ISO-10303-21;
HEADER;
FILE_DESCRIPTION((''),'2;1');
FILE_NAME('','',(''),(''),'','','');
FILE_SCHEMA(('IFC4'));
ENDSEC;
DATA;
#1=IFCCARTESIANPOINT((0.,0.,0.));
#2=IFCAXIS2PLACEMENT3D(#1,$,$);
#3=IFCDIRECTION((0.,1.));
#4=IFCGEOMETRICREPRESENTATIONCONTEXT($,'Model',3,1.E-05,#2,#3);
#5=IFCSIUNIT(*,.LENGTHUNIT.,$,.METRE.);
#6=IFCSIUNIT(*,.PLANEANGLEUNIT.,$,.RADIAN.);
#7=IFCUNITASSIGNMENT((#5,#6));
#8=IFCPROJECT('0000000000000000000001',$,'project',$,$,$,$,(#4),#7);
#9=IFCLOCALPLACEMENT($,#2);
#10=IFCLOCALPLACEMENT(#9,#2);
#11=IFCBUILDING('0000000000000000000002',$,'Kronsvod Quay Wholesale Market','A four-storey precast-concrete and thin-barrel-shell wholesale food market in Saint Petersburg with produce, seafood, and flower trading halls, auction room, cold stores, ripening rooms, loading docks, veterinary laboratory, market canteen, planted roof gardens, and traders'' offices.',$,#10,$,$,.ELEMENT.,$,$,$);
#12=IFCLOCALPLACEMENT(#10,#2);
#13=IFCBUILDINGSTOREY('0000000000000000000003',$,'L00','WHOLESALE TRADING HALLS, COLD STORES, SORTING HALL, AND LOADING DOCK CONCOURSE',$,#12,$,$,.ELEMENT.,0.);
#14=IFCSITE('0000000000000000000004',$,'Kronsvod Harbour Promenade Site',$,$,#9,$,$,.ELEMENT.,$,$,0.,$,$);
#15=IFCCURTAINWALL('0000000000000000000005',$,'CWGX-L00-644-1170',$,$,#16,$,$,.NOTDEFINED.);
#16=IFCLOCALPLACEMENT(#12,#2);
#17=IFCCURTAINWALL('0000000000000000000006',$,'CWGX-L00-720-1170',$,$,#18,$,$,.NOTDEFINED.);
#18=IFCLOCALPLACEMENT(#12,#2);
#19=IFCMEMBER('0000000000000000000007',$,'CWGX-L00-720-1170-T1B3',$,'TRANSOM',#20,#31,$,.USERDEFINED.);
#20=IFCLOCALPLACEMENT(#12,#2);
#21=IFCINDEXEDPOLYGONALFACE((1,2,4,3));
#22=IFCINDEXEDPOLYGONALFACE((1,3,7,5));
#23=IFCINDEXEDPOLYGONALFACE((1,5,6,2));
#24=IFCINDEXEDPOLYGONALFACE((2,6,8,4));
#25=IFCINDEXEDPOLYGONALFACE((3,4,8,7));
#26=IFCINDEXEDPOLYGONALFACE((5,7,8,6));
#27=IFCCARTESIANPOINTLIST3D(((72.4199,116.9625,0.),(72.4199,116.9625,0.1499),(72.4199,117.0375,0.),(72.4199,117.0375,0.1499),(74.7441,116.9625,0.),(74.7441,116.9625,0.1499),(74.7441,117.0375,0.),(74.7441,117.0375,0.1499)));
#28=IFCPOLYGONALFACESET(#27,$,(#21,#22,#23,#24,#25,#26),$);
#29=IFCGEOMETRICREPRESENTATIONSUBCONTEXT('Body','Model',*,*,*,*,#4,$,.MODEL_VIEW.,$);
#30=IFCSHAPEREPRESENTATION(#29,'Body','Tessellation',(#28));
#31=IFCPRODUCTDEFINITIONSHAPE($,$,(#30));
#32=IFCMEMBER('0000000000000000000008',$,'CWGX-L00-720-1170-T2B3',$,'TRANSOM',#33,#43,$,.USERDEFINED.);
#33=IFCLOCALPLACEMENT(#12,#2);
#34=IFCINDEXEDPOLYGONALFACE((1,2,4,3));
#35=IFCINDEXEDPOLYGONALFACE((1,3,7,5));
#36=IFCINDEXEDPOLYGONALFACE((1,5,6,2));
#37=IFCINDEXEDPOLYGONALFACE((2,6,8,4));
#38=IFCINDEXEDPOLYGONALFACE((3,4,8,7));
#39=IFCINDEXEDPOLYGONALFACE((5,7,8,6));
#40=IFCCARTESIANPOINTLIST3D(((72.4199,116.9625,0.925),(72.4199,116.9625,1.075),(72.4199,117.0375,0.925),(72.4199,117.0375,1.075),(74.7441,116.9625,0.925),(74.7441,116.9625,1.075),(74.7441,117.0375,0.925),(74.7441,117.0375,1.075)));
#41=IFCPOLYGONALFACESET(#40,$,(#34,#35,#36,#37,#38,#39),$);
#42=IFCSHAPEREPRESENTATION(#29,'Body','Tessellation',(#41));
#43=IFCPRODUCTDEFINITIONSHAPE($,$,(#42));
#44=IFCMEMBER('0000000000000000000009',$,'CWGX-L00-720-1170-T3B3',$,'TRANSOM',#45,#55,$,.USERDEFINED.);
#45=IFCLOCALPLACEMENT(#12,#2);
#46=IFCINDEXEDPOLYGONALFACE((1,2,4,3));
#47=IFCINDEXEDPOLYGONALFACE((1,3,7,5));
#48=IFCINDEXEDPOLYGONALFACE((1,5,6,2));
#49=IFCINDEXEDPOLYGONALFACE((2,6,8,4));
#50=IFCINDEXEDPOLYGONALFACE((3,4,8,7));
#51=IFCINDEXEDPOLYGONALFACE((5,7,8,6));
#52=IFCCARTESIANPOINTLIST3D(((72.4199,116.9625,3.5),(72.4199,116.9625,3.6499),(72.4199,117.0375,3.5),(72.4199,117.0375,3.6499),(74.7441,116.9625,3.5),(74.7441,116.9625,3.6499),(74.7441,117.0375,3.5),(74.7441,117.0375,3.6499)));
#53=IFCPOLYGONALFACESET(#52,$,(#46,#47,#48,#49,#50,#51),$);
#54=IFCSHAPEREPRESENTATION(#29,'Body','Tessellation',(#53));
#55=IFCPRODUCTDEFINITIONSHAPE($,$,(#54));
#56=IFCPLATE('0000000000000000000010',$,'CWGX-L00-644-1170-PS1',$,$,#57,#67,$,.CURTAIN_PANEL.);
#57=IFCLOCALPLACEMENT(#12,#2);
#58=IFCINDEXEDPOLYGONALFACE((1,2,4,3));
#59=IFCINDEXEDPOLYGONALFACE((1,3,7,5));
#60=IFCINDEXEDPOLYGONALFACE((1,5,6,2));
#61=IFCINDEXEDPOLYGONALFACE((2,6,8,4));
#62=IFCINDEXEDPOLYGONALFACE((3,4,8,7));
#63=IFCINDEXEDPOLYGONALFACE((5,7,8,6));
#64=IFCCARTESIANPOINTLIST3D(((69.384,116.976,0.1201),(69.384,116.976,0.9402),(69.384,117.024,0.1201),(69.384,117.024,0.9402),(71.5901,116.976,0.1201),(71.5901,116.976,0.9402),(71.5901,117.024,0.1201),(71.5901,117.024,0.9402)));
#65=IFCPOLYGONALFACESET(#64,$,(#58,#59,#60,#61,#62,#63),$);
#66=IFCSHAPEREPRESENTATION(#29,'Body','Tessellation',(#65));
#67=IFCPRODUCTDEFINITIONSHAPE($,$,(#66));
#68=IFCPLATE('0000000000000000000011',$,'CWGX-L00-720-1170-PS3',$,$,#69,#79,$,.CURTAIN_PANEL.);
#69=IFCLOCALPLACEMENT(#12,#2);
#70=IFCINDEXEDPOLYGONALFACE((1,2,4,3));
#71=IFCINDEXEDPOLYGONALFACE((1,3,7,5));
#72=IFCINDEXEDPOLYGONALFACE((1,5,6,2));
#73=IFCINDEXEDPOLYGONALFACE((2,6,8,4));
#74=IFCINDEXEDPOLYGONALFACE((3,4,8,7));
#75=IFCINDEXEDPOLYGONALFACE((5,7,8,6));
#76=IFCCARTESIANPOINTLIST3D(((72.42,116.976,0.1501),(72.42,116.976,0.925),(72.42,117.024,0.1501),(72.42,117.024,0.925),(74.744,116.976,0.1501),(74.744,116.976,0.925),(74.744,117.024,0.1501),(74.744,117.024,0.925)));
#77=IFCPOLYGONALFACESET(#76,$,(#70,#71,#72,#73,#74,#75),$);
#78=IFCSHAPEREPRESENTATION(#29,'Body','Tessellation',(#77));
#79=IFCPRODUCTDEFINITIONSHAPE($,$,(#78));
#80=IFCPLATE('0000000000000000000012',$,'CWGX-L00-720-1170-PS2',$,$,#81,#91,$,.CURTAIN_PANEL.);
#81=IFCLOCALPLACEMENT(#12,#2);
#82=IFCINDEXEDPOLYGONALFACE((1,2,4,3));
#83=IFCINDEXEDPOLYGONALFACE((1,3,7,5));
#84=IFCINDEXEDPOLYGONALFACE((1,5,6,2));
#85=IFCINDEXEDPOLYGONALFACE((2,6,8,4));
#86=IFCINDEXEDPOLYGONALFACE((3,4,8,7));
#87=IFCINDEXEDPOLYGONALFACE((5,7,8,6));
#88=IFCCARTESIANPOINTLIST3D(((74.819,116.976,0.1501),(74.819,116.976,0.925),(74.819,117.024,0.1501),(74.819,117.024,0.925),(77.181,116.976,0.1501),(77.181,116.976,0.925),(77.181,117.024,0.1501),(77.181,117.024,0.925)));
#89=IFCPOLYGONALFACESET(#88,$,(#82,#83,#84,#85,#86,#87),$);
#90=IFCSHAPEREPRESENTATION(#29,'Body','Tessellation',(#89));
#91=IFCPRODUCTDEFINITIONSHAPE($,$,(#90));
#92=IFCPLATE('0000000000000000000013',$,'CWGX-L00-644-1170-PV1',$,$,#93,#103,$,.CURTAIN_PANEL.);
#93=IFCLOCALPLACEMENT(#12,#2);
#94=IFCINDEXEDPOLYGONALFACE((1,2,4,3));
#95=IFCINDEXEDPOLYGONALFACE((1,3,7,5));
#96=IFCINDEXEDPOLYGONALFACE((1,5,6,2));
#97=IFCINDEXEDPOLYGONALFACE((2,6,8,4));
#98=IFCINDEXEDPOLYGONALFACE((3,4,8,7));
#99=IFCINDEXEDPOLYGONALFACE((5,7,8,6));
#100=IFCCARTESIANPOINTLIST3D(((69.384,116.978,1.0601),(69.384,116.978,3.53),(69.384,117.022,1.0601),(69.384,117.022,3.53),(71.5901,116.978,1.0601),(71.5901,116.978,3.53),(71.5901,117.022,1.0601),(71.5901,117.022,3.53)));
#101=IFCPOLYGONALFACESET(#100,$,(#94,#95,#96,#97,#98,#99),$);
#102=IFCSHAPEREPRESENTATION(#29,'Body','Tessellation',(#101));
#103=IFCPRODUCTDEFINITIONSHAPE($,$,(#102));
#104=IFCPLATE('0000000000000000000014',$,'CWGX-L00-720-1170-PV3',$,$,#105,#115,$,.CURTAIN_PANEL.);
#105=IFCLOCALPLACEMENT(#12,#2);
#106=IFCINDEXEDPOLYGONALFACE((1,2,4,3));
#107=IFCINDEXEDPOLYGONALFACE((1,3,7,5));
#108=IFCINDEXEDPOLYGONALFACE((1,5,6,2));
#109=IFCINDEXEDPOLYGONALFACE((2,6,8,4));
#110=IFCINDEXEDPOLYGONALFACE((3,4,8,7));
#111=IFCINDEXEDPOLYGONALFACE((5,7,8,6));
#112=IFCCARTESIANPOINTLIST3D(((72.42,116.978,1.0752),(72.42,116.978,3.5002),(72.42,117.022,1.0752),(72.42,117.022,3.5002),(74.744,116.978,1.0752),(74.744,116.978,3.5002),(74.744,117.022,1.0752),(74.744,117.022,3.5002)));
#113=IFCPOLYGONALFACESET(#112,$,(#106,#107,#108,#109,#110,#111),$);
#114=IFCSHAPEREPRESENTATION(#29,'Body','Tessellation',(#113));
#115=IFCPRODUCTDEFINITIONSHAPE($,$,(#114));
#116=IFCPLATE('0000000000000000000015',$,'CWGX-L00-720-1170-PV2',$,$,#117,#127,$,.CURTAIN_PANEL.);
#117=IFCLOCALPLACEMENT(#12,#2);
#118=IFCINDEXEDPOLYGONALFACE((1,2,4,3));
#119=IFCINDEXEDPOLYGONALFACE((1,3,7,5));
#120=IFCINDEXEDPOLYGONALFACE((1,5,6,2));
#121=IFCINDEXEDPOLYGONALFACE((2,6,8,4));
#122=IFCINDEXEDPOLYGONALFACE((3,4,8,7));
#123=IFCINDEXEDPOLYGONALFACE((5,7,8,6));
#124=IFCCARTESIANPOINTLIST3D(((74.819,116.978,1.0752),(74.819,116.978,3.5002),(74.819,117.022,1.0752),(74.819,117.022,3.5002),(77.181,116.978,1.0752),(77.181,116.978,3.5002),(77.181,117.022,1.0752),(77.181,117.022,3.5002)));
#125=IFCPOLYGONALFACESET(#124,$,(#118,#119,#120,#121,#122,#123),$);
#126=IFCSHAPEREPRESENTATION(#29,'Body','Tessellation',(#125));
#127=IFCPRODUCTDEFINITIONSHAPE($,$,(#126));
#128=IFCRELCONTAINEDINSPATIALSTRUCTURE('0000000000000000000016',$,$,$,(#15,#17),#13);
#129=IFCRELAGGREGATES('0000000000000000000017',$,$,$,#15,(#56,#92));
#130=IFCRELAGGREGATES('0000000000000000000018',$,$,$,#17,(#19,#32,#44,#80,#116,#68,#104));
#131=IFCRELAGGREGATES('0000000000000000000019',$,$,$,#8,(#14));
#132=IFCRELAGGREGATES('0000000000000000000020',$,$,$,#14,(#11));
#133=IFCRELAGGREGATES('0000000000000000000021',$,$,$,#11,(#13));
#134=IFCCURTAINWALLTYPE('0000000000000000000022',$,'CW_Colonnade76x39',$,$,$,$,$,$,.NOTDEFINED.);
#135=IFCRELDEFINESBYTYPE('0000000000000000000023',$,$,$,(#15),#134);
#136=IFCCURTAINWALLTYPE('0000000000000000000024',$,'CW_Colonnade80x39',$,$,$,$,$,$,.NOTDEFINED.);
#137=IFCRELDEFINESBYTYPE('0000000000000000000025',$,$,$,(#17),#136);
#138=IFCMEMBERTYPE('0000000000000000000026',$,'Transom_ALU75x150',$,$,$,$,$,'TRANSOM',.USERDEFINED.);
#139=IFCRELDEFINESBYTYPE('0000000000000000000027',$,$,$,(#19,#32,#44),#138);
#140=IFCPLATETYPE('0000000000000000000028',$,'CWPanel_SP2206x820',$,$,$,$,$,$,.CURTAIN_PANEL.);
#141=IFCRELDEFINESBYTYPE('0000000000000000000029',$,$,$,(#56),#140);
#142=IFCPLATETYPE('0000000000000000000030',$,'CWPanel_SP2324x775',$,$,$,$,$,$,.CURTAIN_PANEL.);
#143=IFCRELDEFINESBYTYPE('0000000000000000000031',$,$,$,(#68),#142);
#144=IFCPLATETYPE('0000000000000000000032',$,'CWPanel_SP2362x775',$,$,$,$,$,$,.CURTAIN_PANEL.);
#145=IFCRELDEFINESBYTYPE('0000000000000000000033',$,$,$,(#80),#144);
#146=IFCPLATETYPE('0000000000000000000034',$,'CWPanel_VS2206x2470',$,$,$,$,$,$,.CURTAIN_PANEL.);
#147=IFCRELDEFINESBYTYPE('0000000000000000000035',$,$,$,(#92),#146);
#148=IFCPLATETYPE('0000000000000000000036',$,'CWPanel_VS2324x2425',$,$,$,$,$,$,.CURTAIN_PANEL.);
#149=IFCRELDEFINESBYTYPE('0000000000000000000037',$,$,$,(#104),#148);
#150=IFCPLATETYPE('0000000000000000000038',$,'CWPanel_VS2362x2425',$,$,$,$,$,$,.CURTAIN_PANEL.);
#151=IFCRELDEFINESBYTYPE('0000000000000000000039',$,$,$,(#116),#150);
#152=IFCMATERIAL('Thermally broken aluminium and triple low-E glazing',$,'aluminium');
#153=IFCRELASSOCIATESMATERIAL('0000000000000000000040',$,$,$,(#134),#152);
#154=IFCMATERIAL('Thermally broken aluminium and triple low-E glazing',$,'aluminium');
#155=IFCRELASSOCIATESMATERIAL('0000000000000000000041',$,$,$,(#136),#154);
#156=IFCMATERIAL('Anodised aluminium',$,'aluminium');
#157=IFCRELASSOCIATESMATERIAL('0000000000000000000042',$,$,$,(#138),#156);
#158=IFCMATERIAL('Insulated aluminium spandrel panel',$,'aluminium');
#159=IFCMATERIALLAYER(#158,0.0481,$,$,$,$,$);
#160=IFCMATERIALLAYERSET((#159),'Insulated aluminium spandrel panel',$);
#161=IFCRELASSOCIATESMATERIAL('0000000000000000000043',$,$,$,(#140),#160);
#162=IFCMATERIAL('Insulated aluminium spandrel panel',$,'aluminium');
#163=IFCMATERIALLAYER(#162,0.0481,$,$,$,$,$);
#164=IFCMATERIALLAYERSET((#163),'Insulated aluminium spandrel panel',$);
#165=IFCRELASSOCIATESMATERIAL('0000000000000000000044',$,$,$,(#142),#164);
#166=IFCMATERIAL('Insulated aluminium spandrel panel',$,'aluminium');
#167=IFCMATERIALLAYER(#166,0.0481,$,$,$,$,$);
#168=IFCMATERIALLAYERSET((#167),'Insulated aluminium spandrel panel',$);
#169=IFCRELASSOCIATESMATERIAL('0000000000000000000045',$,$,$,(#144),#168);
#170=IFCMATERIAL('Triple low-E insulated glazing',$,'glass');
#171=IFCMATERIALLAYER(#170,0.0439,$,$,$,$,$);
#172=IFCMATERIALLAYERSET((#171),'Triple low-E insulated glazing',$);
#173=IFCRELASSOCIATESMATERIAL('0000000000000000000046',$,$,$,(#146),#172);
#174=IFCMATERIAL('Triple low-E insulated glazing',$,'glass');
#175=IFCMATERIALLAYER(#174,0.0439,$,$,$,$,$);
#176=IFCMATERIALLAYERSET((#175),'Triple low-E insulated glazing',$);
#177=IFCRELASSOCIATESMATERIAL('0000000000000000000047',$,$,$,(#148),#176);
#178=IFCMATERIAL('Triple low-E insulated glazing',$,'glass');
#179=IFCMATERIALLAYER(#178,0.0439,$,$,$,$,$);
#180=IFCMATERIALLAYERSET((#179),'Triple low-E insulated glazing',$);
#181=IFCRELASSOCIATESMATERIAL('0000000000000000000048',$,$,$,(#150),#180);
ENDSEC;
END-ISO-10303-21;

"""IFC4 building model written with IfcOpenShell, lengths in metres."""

from ifc_helpers import new_model, si_unit, direction, frame, origin, origin_2d, place, context, subcontext, project, spatial, rectangle, extrude, material, layer, layer_set, material_profile, profile_set, type_object, element, aggregate, save


model = new_model("IFC4")

# Units and contexts
model_context = context("Model", 3, precision=1e-05, world=origin(), true_north=direction((0.0, 1.0)))
body_context = subcontext(model_context, "Body", "Model", "MODEL_VIEW")
ifc_project = project(units=[si_unit("LENGTHUNIT", "METRE"), si_unit("PLANEANGLEUNIT", "RADIAN")], contexts=[model_context])

# Site, building, storey
site_placement = place(None, origin())
site = spatial("IfcSite", under=ifc_project, at=site_placement, Name="Kronsvod Harbour Promenade Site", CompositionType="ELEMENT", RefElevation=0.0)
building_placement = place(site_placement, origin())
building = spatial("IfcBuilding", under=site, at=building_placement, Name="Kronsvod Quay Wholesale Market", Description="A four-storey precast-concrete and thin-barrel-shell wholesale food market in Saint Petersburg with produce, seafood, and flower trading halls, auction room, cold stores, ripening rooms, loading docks, veterinary laboratory, market canteen, planted roof gardens, and traders' offices.", CompositionType="ELEMENT")
storey_placement = place(building_placement, origin())
storey = spatial("IfcBuildingStorey", under=building, at=storey_placement, Name="L00", Description="WHOLESALE TRADING HALLS, COLD STORES, SORTING HALL, AND LOADING DOCK CONCOURSE", CompositionType="ELEMENT", Elevation=0.0)

# Curtain walls
ifc_material_1 = material(Name="Thermally broken aluminium and triple low-E glazing", Category="aluminium")
curtain_wall_type_1 = type_object("IfcCurtainWallType", Name="CW_Colonnade76x39", PredefinedType="NOTDEFINED", material=ifc_material_1)
curtain_wall_1_placement = place(storey_placement, origin())
curtain_wall_1 = element("IfcCurtainWall", 1, at=curtain_wall_1_placement, inside=storey, type_object=curtain_wall_type_1, Name="CWGX-L00-644-1170", PredefinedType="NOTDEFINED")
ifc_material_2 = material(Name="Thermally broken aluminium and triple low-E glazing", Category="aluminium")
curtain_wall_type_2 = type_object("IfcCurtainWallType", Name="CW_Colonnade80x39", PredefinedType="NOTDEFINED", material=ifc_material_2)
curtain_wall_2_placement = place(storey_placement, origin())
curtain_wall_2 = element("IfcCurtainWall", 2, at=curtain_wall_2_placement, inside=storey, type_object=curtain_wall_type_2, Name="CWGX-L00-720-1170", PredefinedType="NOTDEFINED")

# Members
ifc_material_3 = material(Name="Anodised aluminium", Category="aluminium")
ifc_material_profile_1 = material_profile(ifc_material_3, rectangle(XDim=0.075, YDim=0.1499, at=origin_2d()), Name="ALUT75x150")
ifc_profile_set_1 = profile_set([ifc_material_profile_1], Name="Anodised aluminium")
member_type_1 = type_object("IfcMemberType", Name="Transom_ALU75x150", ElementType="TRANSOM", PredefinedType="USERDEFINED", material=ifc_profile_set_1)
member_1_placement = place(storey_placement, frame((74.7441, 117.0, 0.075), z_axis=(-1.0, 0.0, 0.0), x_axis=(0.0, -1.0, 0.0)))
member_1 = element("IfcMember", 3, at=member_1_placement, type_object=member_type_1, Name="CWGX-L00-720-1170-T1B3", ObjectType="TRANSOM", PredefinedType="USERDEFINED", context=body_context, shape_type="SweptSolid", body=[
    extrude(rectangle(XDim=0.075, YDim=0.1499, at=origin_2d()), origin(), (0.0, 0.0, 1.0), 2.3242),
])
member_2_placement = place(storey_placement, frame((74.7441, 117.0, 1.0), z_axis=(-1.0, 0.0, 0.0), x_axis=(0.0, -1.0, 0.0)))
member_2 = element("IfcMember", 4, at=member_2_placement, type_object=member_type_1, Name="CWGX-L00-720-1170-T2B3", ObjectType="TRANSOM", PredefinedType="USERDEFINED", context=body_context, shape_type="SweptSolid", body=[
    extrude(rectangle(XDim=0.075, YDim=0.1499, at=origin_2d()), origin(), (0.0, 0.0, 1.0), 2.3242),
])
member_3_placement = place(storey_placement, frame((74.7441, 117.0, 3.575), z_axis=(-1.0, 0.0, 0.0), x_axis=(0.0, -1.0, 0.0)))
member_3 = element("IfcMember", 5, at=member_3_placement, type_object=member_type_1, Name="CWGX-L00-720-1170-T3B3", ObjectType="TRANSOM", PredefinedType="USERDEFINED", context=body_context, shape_type="SweptSolid", body=[
    extrude(rectangle(XDim=0.075, YDim=0.1499, at=origin_2d()), origin(), (0.0, 0.0, 1.0), 2.3242),
])

# Plates
ifc_material_4 = material(Name="Insulated aluminium spandrel panel", Category="aluminium")
ifc_layer_1 = layer(ifc_material_4, 0.0481)
ifc_layer_set_1 = layer_set([ifc_layer_1], Name="Insulated aluminium spandrel panel")
plate_type_1 = type_object("IfcPlateType", Name="CWPanel_SP2206x820", PredefinedType="CURTAIN_PANEL", material=ifc_layer_set_1)
plate_1_placement = place(storey_placement, frame((70.4871, 117.0, 0.1201), z_axis=(0.0, 0.0, 1.0), x_axis=(-1.0, 0.0, 0.0)))
plate_1 = element("IfcPlate", 6, at=plate_1_placement, type_object=plate_type_1, Name="CWGX-L00-644-1170-PS1", PredefinedType="CURTAIN_PANEL", context=body_context, shape_type="SweptSolid", body=[
    extrude(rectangle(XDim=2.2061, YDim=0.0481, at=origin_2d()), origin(), (0.0, 0.0, 1.0), 0.8201),
])
ifc_material_5 = material(Name="Insulated aluminium spandrel panel", Category="aluminium")
ifc_layer_2 = layer(ifc_material_5, 0.0481)
ifc_layer_set_2 = layer_set([ifc_layer_2], Name="Insulated aluminium spandrel panel")
plate_type_2 = type_object("IfcPlateType", Name="CWPanel_SP2324x775", PredefinedType="CURTAIN_PANEL", material=ifc_layer_set_2)
plate_2_placement = place(storey_placement, frame((73.582, 117.0, 0.1501), z_axis=(0.0, 0.0, 1.0), x_axis=(-1.0, 0.0, 0.0)))
plate_2 = element("IfcPlate", 7, at=plate_2_placement, type_object=plate_type_2, Name="CWGX-L00-720-1170-PS3", PredefinedType="CURTAIN_PANEL", context=body_context, shape_type="SweptSolid", body=[
    extrude(rectangle(XDim=2.324, YDim=0.0481, at=origin_2d()), origin(), (0.0, 0.0, 1.0), 0.7749),
])
ifc_material_6 = material(Name="Insulated aluminium spandrel panel", Category="aluminium")
ifc_layer_3 = layer(ifc_material_6, 0.0481)
ifc_layer_set_3 = layer_set([ifc_layer_3], Name="Insulated aluminium spandrel panel")
plate_type_3 = type_object("IfcPlateType", Name="CWPanel_SP2362x775", PredefinedType="CURTAIN_PANEL", material=ifc_layer_set_3)
plate_3_placement = place(storey_placement, frame((76.0, 117.0, 0.1501), z_axis=(0.0, 0.0, 1.0), x_axis=(-1.0, 0.0, 0.0)))
plate_3 = element("IfcPlate", 8, at=plate_3_placement, type_object=plate_type_3, Name="CWGX-L00-720-1170-PS2", PredefinedType="CURTAIN_PANEL", context=body_context, shape_type="SweptSolid", body=[
    extrude(rectangle(XDim=2.3621, YDim=0.0481, at=origin_2d()), origin(), (0.0, 0.0, 1.0), 0.7749),
])
ifc_material_7 = material(Name="Triple low-E insulated glazing", Category="glass")
ifc_layer_4 = layer(ifc_material_7, 0.0439)
ifc_layer_set_4 = layer_set([ifc_layer_4], Name="Triple low-E insulated glazing")
plate_type_4 = type_object("IfcPlateType", Name="CWPanel_VS2206x2470", PredefinedType="CURTAIN_PANEL", material=ifc_layer_set_4)
plate_4_placement = place(storey_placement, frame((70.4871, 117.0, 1.0601), z_axis=(0.0, 0.0, 1.0), x_axis=(-1.0, 0.0, 0.0)))
plate_4 = element("IfcPlate", 9, at=plate_4_placement, type_object=plate_type_4, Name="CWGX-L00-644-1170-PV1", PredefinedType="CURTAIN_PANEL", context=body_context, shape_type="SweptSolid", body=[
    extrude(rectangle(XDim=2.2061, YDim=0.0439, at=origin_2d()), origin(), (0.0, 0.0, 1.0), 2.47),
])
aggregate(curtain_wall_1, [plate_1, plate_4])
ifc_material_8 = material(Name="Triple low-E insulated glazing", Category="glass")
ifc_layer_5 = layer(ifc_material_8, 0.0439)
ifc_layer_set_5 = layer_set([ifc_layer_5], Name="Triple low-E insulated glazing")
plate_type_5 = type_object("IfcPlateType", Name="CWPanel_VS2324x2425", PredefinedType="CURTAIN_PANEL", material=ifc_layer_set_5)
plate_5_placement = place(storey_placement, frame((73.582, 117.0, 1.0752), z_axis=(0.0, 0.0, 1.0), x_axis=(-1.0, 0.0, 0.0)))
plate_5 = element("IfcPlate", 10, at=plate_5_placement, type_object=plate_type_5, Name="CWGX-L00-720-1170-PV3", PredefinedType="CURTAIN_PANEL", context=body_context, shape_type="SweptSolid", body=[
    extrude(rectangle(XDim=2.324, YDim=0.0439, at=origin_2d()), origin(), (0.0, 0.0, 1.0), 2.425),
])
ifc_material_9 = material(Name="Triple low-E insulated glazing", Category="glass")
ifc_layer_6 = layer(ifc_material_9, 0.0439)
ifc_layer_set_6 = layer_set([ifc_layer_6], Name="Triple low-E insulated glazing")
plate_type_6 = type_object("IfcPlateType", Name="CWPanel_VS2362x2425", PredefinedType="CURTAIN_PANEL", material=ifc_layer_set_6)
plate_6_placement = place(storey_placement, frame((76.0, 117.0, 1.0752), z_axis=(0.0, 0.0, 1.0), x_axis=(-1.0, 0.0, 0.0)))
plate_6 = element("IfcPlate", 11, at=plate_6_placement, type_object=plate_type_6, Name="CWGX-L00-720-1170-PV2", PredefinedType="CURTAIN_PANEL", context=body_context, shape_type="SweptSolid", body=[
    extrude(rectangle(XDim=2.3621, YDim=0.0439, at=origin_2d()), origin(), (0.0, 0.0, 1.0), 2.425),
])
aggregate(curtain_wall_2, [member_1, member_2, member_3, plate_3, plate_6, plate_2, plate_5])

save(model, "model.ifc")
